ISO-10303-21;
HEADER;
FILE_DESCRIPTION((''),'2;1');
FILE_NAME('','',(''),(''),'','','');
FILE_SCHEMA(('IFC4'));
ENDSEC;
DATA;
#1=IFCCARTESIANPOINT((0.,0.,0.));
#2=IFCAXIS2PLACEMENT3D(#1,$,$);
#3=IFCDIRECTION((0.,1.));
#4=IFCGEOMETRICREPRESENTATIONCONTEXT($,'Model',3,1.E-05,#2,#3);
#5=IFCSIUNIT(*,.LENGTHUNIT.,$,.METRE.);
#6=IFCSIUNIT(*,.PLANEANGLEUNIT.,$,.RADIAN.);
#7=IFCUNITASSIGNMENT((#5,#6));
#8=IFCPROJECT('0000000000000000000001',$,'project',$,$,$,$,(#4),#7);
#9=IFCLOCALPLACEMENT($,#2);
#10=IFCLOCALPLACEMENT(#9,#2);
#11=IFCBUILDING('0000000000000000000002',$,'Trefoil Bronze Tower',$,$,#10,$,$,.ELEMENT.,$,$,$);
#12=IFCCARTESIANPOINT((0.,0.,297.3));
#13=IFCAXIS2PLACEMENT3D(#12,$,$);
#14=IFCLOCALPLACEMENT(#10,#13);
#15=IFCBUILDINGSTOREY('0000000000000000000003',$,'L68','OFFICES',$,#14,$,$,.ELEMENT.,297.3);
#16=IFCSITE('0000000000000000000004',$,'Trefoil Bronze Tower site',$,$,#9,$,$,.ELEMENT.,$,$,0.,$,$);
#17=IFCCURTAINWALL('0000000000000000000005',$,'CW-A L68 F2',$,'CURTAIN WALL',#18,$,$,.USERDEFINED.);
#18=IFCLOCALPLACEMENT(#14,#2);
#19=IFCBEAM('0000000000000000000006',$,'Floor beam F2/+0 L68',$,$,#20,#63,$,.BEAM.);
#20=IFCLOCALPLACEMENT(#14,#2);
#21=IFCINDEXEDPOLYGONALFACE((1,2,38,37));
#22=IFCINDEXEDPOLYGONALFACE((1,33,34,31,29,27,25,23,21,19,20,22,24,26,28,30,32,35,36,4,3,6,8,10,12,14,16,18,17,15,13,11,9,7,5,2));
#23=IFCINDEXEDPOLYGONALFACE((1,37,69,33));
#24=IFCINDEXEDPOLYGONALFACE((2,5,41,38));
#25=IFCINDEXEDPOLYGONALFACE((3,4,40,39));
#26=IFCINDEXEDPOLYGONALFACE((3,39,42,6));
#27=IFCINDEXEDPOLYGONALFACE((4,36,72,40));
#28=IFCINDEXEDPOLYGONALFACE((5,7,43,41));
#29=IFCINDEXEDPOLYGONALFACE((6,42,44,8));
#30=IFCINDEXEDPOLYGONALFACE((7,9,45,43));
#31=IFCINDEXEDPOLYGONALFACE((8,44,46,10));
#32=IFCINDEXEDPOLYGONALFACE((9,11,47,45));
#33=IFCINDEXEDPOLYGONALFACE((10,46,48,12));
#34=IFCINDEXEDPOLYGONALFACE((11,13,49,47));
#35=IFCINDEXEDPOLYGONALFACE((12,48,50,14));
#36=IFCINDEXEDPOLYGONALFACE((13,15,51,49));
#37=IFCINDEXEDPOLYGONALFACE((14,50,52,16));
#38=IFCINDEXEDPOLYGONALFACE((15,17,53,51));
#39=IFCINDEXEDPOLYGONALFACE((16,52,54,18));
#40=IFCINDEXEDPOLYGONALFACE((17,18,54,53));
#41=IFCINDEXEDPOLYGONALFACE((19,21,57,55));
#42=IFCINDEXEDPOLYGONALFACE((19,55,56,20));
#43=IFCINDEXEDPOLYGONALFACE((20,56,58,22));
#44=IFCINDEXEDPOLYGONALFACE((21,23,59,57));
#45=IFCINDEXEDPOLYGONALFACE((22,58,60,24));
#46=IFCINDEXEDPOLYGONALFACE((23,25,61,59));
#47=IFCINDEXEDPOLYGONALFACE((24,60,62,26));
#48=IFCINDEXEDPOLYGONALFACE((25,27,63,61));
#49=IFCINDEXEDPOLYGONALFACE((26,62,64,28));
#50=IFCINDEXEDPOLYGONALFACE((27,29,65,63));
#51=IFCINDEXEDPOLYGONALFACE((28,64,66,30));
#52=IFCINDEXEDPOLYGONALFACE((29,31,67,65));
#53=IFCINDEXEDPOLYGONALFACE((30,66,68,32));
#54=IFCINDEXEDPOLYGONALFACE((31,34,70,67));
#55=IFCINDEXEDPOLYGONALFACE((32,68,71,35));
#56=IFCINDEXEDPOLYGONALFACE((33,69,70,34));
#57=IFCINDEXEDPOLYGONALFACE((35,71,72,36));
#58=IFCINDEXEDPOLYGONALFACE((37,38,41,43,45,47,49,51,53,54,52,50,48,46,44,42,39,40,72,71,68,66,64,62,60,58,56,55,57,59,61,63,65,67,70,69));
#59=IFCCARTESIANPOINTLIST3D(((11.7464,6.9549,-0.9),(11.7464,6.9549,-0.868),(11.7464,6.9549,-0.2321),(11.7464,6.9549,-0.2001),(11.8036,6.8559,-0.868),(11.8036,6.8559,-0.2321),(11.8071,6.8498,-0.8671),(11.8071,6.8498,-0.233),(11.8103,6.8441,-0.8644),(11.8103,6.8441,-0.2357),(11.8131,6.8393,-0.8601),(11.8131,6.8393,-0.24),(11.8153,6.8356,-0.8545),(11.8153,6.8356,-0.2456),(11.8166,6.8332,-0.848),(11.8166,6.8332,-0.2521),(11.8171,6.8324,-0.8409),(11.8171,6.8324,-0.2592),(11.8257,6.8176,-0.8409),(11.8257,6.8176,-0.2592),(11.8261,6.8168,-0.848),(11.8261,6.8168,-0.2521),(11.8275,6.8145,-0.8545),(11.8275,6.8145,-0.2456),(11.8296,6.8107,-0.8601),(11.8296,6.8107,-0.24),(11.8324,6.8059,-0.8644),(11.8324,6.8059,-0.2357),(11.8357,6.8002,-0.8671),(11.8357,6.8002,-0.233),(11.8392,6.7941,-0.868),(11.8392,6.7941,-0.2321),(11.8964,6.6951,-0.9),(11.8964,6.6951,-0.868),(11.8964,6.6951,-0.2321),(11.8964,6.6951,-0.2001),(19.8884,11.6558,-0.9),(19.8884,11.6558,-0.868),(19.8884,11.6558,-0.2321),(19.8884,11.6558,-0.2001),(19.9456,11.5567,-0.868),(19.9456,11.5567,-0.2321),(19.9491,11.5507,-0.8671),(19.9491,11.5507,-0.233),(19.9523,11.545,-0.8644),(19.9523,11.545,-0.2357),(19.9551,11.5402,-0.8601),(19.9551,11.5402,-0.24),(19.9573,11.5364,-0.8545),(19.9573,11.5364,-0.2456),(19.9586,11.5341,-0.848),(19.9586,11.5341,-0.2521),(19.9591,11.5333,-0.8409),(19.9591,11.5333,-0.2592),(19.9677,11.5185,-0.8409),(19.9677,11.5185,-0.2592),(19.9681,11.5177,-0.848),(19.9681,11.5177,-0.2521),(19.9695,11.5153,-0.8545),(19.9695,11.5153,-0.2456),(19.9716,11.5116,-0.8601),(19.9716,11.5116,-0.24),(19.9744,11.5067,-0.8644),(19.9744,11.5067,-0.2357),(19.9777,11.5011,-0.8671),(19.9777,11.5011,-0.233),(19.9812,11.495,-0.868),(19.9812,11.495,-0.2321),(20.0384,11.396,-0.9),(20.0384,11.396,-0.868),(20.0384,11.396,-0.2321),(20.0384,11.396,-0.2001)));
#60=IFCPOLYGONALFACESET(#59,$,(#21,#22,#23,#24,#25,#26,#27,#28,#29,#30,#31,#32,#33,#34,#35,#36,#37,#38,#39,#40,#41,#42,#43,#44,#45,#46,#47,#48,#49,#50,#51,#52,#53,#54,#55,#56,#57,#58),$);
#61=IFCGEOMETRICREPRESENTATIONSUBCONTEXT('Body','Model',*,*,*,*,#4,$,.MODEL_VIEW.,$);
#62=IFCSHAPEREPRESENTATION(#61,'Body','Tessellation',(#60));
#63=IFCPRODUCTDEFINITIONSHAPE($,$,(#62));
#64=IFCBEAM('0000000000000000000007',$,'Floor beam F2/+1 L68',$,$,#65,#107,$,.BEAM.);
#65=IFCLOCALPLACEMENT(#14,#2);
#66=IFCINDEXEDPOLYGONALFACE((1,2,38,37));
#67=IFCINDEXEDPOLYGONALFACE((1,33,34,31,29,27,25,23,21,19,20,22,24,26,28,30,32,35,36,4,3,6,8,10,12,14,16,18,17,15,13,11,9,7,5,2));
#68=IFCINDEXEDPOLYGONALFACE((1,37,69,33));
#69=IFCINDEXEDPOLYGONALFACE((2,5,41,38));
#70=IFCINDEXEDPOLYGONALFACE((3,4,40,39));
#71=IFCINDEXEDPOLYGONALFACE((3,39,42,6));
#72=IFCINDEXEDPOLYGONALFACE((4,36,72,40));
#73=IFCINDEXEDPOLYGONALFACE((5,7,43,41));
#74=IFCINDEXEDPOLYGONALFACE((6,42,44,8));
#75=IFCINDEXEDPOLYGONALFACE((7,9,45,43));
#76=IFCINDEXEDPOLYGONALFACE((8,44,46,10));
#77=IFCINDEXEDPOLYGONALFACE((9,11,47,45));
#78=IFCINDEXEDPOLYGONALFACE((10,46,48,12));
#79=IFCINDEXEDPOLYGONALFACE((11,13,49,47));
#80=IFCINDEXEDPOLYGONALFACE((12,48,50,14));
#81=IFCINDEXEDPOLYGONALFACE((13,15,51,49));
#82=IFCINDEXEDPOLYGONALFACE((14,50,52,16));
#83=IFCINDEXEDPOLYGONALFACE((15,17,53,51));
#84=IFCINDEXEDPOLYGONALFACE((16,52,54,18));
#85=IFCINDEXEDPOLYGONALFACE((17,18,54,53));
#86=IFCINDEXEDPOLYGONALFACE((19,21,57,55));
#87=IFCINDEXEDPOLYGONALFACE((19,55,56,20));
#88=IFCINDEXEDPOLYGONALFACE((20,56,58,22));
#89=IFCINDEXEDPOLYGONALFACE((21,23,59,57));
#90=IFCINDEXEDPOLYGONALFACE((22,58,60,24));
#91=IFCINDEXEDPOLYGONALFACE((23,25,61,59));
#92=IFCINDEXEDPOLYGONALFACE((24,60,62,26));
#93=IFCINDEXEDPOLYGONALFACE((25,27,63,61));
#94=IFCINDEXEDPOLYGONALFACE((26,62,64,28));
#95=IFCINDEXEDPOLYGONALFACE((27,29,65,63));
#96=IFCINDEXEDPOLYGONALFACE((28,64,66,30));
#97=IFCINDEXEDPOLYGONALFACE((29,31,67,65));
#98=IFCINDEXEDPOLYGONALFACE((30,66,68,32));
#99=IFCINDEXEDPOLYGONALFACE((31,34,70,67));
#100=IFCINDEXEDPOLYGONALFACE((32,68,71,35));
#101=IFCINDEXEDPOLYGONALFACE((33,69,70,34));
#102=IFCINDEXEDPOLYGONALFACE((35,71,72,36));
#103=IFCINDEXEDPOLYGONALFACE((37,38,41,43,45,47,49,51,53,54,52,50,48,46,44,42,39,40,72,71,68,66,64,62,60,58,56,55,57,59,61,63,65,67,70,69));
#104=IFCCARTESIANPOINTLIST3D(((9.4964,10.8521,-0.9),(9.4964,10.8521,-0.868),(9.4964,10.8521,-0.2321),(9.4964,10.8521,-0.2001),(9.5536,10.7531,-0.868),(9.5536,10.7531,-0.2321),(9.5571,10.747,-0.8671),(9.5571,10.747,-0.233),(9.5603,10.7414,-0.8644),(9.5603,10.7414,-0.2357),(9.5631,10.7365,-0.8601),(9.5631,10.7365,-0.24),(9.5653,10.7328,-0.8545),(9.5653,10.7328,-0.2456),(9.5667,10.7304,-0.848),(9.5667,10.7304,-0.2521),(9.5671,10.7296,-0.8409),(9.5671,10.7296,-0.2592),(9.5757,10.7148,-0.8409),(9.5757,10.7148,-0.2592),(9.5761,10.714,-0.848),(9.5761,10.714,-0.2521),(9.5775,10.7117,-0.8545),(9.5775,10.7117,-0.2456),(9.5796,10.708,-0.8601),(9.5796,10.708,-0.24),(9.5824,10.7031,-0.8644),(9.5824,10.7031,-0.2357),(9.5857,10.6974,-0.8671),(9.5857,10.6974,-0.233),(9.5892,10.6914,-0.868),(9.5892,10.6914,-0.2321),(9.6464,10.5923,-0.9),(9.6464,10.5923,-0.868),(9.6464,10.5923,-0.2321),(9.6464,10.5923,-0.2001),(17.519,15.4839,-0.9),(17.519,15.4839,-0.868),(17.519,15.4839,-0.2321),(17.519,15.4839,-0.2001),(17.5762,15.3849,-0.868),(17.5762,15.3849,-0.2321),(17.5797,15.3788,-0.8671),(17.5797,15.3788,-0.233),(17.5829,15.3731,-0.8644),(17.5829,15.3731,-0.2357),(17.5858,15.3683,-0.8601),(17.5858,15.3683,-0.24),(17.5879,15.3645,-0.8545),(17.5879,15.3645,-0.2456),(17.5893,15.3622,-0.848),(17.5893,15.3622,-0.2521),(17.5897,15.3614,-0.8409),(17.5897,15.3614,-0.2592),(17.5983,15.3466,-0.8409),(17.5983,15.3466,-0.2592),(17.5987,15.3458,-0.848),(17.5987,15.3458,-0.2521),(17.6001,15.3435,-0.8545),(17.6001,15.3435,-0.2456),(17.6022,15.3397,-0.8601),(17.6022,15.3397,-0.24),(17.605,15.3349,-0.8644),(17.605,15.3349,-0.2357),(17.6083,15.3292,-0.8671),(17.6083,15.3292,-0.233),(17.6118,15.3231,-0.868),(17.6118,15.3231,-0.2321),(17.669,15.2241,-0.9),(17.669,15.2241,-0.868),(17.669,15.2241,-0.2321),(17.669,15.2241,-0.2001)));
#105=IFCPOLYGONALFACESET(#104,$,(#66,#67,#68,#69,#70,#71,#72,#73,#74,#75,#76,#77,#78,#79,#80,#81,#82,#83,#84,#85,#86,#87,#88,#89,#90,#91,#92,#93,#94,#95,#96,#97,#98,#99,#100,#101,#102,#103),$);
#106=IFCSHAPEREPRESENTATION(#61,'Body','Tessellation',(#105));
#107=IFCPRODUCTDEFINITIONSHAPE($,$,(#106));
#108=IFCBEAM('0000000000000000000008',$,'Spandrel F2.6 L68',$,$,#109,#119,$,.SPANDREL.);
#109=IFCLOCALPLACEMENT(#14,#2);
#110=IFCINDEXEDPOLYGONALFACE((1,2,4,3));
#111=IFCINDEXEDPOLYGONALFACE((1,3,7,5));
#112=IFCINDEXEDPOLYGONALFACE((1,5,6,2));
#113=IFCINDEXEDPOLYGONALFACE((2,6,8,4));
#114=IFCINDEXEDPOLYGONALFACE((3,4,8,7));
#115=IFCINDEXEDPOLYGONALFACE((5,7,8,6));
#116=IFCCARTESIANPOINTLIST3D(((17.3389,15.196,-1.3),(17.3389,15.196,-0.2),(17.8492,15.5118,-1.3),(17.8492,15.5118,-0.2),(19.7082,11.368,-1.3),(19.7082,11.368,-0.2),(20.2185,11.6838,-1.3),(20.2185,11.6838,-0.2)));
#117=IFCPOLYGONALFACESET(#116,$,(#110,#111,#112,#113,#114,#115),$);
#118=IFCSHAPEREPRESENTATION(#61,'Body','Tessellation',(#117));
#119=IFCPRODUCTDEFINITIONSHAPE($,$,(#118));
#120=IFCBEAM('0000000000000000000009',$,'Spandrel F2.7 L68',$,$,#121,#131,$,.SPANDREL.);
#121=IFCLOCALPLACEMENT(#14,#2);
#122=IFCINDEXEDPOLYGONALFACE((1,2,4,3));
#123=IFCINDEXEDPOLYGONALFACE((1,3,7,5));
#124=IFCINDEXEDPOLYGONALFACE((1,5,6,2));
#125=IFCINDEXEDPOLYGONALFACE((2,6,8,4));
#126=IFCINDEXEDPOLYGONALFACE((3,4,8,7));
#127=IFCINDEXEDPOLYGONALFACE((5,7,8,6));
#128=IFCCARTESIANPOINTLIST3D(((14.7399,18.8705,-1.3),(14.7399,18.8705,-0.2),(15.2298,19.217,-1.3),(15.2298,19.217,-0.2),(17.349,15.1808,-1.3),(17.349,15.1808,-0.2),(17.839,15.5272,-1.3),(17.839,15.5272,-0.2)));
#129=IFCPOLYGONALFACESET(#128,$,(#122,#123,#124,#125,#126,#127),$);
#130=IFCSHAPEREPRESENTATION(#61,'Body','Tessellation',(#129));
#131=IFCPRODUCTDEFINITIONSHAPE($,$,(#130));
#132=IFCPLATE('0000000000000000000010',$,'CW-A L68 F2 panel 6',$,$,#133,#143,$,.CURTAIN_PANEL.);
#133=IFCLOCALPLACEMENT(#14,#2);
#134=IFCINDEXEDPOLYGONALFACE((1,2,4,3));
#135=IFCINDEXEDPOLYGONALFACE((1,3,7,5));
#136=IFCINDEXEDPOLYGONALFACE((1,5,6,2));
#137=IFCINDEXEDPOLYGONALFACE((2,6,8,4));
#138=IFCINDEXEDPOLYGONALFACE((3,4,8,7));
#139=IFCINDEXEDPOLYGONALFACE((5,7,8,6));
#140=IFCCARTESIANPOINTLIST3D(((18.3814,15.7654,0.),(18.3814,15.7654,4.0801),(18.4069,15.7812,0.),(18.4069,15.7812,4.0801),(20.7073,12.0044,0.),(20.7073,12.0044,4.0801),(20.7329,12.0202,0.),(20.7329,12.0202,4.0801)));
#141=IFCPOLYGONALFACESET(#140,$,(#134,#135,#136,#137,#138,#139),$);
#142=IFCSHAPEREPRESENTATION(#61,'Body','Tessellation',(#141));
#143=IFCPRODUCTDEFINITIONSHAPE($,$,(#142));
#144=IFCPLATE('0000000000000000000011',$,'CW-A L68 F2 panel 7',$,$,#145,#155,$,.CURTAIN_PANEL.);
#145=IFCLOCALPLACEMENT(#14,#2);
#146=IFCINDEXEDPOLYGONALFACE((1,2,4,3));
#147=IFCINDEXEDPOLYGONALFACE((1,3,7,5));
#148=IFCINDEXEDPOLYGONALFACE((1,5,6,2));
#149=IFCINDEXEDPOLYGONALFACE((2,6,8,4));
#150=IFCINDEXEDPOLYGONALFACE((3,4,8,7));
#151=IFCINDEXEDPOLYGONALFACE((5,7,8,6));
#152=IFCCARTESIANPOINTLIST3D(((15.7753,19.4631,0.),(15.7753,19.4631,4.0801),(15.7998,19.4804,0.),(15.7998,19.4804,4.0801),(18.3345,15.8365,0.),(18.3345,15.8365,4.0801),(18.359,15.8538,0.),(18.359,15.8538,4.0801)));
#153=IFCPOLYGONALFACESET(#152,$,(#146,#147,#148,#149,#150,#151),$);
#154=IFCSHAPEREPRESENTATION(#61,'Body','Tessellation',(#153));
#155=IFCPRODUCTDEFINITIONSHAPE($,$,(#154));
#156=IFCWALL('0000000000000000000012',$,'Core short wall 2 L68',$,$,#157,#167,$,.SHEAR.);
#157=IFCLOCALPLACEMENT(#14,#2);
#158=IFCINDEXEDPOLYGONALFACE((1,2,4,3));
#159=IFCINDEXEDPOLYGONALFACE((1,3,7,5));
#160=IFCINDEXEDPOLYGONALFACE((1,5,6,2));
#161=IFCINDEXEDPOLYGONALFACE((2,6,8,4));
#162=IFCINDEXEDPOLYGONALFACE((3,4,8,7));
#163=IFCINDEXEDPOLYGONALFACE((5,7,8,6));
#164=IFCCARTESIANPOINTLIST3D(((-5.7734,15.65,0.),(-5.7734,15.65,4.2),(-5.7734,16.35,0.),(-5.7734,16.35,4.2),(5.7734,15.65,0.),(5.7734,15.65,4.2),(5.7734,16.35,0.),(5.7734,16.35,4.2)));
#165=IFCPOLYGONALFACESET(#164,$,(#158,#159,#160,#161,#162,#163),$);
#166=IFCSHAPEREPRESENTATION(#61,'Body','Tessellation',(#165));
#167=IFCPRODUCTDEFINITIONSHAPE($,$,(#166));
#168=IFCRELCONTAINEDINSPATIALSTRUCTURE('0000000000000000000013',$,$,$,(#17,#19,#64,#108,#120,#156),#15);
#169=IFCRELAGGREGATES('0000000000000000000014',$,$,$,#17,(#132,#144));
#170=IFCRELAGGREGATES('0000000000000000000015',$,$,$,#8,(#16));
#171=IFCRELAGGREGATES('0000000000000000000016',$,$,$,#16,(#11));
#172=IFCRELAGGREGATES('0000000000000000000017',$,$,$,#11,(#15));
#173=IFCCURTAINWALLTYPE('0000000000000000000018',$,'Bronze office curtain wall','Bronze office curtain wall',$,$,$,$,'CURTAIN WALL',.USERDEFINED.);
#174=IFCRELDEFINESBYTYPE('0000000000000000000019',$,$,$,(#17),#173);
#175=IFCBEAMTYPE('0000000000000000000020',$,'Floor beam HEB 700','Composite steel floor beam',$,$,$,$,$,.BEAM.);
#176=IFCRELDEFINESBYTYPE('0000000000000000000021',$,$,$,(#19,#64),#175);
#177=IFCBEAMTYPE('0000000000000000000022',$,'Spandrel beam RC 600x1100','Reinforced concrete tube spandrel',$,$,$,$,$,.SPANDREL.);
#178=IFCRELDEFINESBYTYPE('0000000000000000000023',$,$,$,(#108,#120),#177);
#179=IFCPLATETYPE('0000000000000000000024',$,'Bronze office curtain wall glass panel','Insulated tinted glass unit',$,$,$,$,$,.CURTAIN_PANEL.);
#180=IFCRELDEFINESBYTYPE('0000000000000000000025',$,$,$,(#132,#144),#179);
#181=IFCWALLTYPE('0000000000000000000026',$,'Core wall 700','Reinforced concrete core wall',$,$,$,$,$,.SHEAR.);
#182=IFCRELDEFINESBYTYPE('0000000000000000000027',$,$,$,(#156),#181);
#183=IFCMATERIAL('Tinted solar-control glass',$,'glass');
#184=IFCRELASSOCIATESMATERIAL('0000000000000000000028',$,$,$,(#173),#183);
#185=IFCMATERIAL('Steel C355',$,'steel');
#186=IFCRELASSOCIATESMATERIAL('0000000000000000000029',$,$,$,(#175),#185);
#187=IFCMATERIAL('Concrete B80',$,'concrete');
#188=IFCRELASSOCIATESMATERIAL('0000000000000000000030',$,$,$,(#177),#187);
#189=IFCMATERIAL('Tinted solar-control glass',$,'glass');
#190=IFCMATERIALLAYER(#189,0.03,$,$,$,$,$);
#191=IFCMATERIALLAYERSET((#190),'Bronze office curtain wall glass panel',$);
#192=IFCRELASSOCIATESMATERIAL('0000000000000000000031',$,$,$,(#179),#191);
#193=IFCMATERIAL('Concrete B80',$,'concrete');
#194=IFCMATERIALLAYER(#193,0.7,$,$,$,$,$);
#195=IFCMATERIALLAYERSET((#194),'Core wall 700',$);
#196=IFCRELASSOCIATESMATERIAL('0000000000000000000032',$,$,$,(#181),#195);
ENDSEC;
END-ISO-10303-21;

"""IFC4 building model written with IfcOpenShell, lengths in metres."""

from ifc_helpers import new_model, si_unit, direction, frame, frame_2d, origin, origin_2d, place, context, subcontext, project, spatial, rectangle, i_section, extrude, material, layer, layer_set, material_profile, profile_set, type_object, element, aggregate, save


model = new_model("IFC4")

# Units and contexts
model_context = context("Model", 3, precision=1e-05, world=origin(), true_north=direction((0.0, 1.0)))
body_context = subcontext(model_context, "Body", "Model", "MODEL_VIEW")
ifc_project = project(units=[si_unit("LENGTHUNIT", "METRE"), si_unit("PLANEANGLEUNIT", "RADIAN")], contexts=[model_context])

# Site, building, storey
site_placement = place(None, origin())
site = spatial("IfcSite", under=ifc_project, at=site_placement, Name="Trefoil Bronze Tower site", CompositionType="ELEMENT", RefElevation=0.0)
building_placement = place(site_placement, origin())
building = spatial("IfcBuilding", under=site, at=building_placement, Name="Trefoil Bronze Tower", CompositionType="ELEMENT")
storey_placement = place(building_placement, frame((0.0, 0.0, 297.3)))
storey = spatial("IfcBuildingStorey", under=building, at=storey_placement, Name="L68", Description="OFFICES", CompositionType="ELEMENT", Elevation=297.3)

# Curtain wall
ifc_material_1 = material(Name="Tinted solar-control glass", Category="glass")
curtain_wall_type = type_object("IfcCurtainWallType", Name="Bronze office curtain wall", Description="Bronze office curtain wall", ElementType="CURTAIN WALL", PredefinedType="USERDEFINED", material=ifc_material_1)
curtain_wall_placement = place(storey_placement, origin())
curtain_wall = element("IfcCurtainWall", 1, at=curtain_wall_placement, inside=storey, type_object=curtain_wall_type, Name="CW-A L68 F2", ObjectType="CURTAIN WALL", PredefinedType="USERDEFINED")

# Beams
ifc_material_2 = material(Name="Steel C355", Category="steel")
ifc_material_profile_1 = material_profile(ifc_material_2, i_section(OverallWidth=0.3, OverallDepth=0.7, WebThickness=0.0171, FlangeThickness=0.032, FilletRadius=0.0271, at=origin_2d()), Name="HEB 700")
ifc_profile_set_1 = profile_set([ifc_material_profile_1], Name="Steel C355")
beam_type_1 = type_object("IfcBeamType", Name="Floor beam HEB 700", Description="Composite steel floor beam", PredefinedType="BEAM", material=ifc_profile_set_1)
beam_1_placement = place(storey_placement, frame((19.9634, 11.5259, -0.55), z_axis=(-0.866021, -0.500007, 0.0), x_axis=(0.500007, -0.866021, 0.0)))
element("IfcBeam", 2, at=beam_1_placement, inside=storey, type_object=beam_type_1, Name="Floor beam F2/+0 L68", PredefinedType="BEAM", context=body_context, shape_type="SweptSolid", body=[
    extrude(i_section(OverallWidth=0.3, OverallDepth=0.7, WebThickness=0.0171, FlangeThickness=0.032, FilletRadius=0.0271, at=origin_2d()), origin(), (0.0, 0.0, 1.0), 9.4016),
])
beam_2_placement = place(storey_placement, frame((17.594, 15.354, -0.55), z_axis=(-0.866029, -0.499994, 0.0), x_axis=(0.499994, -0.866029, 0.0)))
element("IfcBeam", 3, at=beam_2_placement, inside=storey, type_object=beam_type_1, Name="Floor beam F2/+1 L68", PredefinedType="BEAM", context=body_context, shape_type="SweptSolid", body=[
    extrude(i_section(OverallWidth=0.3, OverallDepth=0.7, WebThickness=0.0171, FlangeThickness=0.032, FilletRadius=0.0271, at=origin_2d()), origin(), (0.0, 0.0, 1.0), 9.2637),
])
ifc_material_3 = material(Name="Concrete B80", Category="concrete")
ifc_material_profile_2 = material_profile(ifc_material_3, rectangle(XDim=0.6001, YDim=1.1001, at=origin_2d()), Name="RC 600x1100")
ifc_profile_set_2 = profile_set([ifc_material_profile_2], Name="Concrete B80")
beam_type_2 = type_object("IfcBeamType", Name="Spandrel beam RC 600x1100", Description="Reinforced concrete tube spandrel", PredefinedType="SPANDREL", material=ifc_profile_set_2)
beam_3_placement = place(storey_placement, frame((19.9634, 11.5259, -0.75), z_axis=(-0.526289, 0.850306, 0.0), x_axis=(-0.850306, -0.526289, 0.0)))
element("IfcBeam", 4, at=beam_3_placement, inside=storey, type_object=beam_type_2, Name="Spandrel F2.6 L68", PredefinedType="SPANDREL", context=body_context, shape_type="SweptSolid", body=[
    extrude(rectangle(XDim=0.6001, YDim=1.1001, at=origin_2d()), origin(), (0.0, 0.0, 1.0), 4.502),
])
beam_4_placement = place(storey_placement, frame((17.594, 15.354, -0.75), z_axis=(-0.577368, 0.816484, 0.0), x_axis=(-0.816484, -0.577368, 0.0)))
element("IfcBeam", 5, at=beam_4_placement, inside=storey, type_object=beam_type_2, Name="Spandrel F2.7 L68", PredefinedType="SPANDREL", context=body_context, shape_type="SweptSolid", body=[
    extrude(rectangle(XDim=0.6001, YDim=1.1001, at=origin_2d()), origin(), (0.0, 0.0, 1.0), 4.519),
])

# Plates
ifc_material_4 = material(Name="Tinted solar-control glass", Category="glass")
ifc_layer_1 = layer(ifc_material_4, 0.03)
ifc_layer_set_1 = layer_set([ifc_layer_1], Name="Bronze office curtain wall glass panel")
plate_type = type_object("IfcPlateType", Name="Bronze office curtain wall glass panel", Description="Insulated tinted glass unit", PredefinedType="CURTAIN_PANEL", material=ifc_layer_set_1)
plate_1_placement = place(storey_placement, frame((19.5571, 13.8928, 0.0), z_axis=(0.0, 0.0, 1.0), x_axis=(-0.52598, 0.850497, 0.0)))
plate_1 = element("IfcPlate", 6, at=plate_1_placement, type_object=plate_type, Name="CW-A L68 F2 panel 6", PredefinedType="CURTAIN_PANEL", context=body_context, shape_type="SweptSolid", body=[
    extrude(rectangle(XDim=4.4221, YDim=0.03, at=origin_2d()), origin(), (0.0, 0.0, 1.0), 4.0801),
])
plate_2_placement = place(storey_placement, frame((17.0671, 17.6584, 0.0), z_axis=(0.0, 0.0, 1.0), x_axis=(-0.576561, 0.817054, 0.0)))
plate_2 = element("IfcPlate", 7, at=plate_2_placement, type_object=plate_type, Name="CW-A L68 F2 panel 7", PredefinedType="CURTAIN_PANEL", context=body_context, shape_type="SweptSolid", body=[
    extrude(rectangle(XDim=4.4387, YDim=0.03, at=origin_2d()), origin(), (0.0, 0.0, 1.0), 4.0801),
])
aggregate(curtain_wall, [plate_1, plate_2])

# Wall
ifc_material_5 = material(Name="Concrete B80", Category="concrete")
ifc_layer_2 = layer(ifc_material_5, 0.7)
ifc_layer_set_2 = layer_set([ifc_layer_2], Name="Core wall 700")
wall_type_1 = type_object("IfcWallType", Name="Core wall 700", Description="Reinforced concrete core wall", PredefinedType="SHEAR", material=ifc_layer_set_2)
wall_1_placement = place(storey_placement, frame((5.7734, 16.0, 0.0), z_axis=(0.0, 0.0, 1.0), x_axis=(-1.0, 0.0, 0.0)))
element("IfcWall", 8, at=wall_1_placement, inside=storey, type_object=wall_type_1, Name="Core short wall 2 L68", PredefinedType="SHEAR", context=body_context, shape_type="SweptSolid", body=[
    extrude(rectangle(XDim=11.5469, YDim=0.7, at=frame_2d((5.7734, 0.0))), origin(), (0.0, 0.0, 1.0), 4.2),
])

save(model, "model.ifc")
